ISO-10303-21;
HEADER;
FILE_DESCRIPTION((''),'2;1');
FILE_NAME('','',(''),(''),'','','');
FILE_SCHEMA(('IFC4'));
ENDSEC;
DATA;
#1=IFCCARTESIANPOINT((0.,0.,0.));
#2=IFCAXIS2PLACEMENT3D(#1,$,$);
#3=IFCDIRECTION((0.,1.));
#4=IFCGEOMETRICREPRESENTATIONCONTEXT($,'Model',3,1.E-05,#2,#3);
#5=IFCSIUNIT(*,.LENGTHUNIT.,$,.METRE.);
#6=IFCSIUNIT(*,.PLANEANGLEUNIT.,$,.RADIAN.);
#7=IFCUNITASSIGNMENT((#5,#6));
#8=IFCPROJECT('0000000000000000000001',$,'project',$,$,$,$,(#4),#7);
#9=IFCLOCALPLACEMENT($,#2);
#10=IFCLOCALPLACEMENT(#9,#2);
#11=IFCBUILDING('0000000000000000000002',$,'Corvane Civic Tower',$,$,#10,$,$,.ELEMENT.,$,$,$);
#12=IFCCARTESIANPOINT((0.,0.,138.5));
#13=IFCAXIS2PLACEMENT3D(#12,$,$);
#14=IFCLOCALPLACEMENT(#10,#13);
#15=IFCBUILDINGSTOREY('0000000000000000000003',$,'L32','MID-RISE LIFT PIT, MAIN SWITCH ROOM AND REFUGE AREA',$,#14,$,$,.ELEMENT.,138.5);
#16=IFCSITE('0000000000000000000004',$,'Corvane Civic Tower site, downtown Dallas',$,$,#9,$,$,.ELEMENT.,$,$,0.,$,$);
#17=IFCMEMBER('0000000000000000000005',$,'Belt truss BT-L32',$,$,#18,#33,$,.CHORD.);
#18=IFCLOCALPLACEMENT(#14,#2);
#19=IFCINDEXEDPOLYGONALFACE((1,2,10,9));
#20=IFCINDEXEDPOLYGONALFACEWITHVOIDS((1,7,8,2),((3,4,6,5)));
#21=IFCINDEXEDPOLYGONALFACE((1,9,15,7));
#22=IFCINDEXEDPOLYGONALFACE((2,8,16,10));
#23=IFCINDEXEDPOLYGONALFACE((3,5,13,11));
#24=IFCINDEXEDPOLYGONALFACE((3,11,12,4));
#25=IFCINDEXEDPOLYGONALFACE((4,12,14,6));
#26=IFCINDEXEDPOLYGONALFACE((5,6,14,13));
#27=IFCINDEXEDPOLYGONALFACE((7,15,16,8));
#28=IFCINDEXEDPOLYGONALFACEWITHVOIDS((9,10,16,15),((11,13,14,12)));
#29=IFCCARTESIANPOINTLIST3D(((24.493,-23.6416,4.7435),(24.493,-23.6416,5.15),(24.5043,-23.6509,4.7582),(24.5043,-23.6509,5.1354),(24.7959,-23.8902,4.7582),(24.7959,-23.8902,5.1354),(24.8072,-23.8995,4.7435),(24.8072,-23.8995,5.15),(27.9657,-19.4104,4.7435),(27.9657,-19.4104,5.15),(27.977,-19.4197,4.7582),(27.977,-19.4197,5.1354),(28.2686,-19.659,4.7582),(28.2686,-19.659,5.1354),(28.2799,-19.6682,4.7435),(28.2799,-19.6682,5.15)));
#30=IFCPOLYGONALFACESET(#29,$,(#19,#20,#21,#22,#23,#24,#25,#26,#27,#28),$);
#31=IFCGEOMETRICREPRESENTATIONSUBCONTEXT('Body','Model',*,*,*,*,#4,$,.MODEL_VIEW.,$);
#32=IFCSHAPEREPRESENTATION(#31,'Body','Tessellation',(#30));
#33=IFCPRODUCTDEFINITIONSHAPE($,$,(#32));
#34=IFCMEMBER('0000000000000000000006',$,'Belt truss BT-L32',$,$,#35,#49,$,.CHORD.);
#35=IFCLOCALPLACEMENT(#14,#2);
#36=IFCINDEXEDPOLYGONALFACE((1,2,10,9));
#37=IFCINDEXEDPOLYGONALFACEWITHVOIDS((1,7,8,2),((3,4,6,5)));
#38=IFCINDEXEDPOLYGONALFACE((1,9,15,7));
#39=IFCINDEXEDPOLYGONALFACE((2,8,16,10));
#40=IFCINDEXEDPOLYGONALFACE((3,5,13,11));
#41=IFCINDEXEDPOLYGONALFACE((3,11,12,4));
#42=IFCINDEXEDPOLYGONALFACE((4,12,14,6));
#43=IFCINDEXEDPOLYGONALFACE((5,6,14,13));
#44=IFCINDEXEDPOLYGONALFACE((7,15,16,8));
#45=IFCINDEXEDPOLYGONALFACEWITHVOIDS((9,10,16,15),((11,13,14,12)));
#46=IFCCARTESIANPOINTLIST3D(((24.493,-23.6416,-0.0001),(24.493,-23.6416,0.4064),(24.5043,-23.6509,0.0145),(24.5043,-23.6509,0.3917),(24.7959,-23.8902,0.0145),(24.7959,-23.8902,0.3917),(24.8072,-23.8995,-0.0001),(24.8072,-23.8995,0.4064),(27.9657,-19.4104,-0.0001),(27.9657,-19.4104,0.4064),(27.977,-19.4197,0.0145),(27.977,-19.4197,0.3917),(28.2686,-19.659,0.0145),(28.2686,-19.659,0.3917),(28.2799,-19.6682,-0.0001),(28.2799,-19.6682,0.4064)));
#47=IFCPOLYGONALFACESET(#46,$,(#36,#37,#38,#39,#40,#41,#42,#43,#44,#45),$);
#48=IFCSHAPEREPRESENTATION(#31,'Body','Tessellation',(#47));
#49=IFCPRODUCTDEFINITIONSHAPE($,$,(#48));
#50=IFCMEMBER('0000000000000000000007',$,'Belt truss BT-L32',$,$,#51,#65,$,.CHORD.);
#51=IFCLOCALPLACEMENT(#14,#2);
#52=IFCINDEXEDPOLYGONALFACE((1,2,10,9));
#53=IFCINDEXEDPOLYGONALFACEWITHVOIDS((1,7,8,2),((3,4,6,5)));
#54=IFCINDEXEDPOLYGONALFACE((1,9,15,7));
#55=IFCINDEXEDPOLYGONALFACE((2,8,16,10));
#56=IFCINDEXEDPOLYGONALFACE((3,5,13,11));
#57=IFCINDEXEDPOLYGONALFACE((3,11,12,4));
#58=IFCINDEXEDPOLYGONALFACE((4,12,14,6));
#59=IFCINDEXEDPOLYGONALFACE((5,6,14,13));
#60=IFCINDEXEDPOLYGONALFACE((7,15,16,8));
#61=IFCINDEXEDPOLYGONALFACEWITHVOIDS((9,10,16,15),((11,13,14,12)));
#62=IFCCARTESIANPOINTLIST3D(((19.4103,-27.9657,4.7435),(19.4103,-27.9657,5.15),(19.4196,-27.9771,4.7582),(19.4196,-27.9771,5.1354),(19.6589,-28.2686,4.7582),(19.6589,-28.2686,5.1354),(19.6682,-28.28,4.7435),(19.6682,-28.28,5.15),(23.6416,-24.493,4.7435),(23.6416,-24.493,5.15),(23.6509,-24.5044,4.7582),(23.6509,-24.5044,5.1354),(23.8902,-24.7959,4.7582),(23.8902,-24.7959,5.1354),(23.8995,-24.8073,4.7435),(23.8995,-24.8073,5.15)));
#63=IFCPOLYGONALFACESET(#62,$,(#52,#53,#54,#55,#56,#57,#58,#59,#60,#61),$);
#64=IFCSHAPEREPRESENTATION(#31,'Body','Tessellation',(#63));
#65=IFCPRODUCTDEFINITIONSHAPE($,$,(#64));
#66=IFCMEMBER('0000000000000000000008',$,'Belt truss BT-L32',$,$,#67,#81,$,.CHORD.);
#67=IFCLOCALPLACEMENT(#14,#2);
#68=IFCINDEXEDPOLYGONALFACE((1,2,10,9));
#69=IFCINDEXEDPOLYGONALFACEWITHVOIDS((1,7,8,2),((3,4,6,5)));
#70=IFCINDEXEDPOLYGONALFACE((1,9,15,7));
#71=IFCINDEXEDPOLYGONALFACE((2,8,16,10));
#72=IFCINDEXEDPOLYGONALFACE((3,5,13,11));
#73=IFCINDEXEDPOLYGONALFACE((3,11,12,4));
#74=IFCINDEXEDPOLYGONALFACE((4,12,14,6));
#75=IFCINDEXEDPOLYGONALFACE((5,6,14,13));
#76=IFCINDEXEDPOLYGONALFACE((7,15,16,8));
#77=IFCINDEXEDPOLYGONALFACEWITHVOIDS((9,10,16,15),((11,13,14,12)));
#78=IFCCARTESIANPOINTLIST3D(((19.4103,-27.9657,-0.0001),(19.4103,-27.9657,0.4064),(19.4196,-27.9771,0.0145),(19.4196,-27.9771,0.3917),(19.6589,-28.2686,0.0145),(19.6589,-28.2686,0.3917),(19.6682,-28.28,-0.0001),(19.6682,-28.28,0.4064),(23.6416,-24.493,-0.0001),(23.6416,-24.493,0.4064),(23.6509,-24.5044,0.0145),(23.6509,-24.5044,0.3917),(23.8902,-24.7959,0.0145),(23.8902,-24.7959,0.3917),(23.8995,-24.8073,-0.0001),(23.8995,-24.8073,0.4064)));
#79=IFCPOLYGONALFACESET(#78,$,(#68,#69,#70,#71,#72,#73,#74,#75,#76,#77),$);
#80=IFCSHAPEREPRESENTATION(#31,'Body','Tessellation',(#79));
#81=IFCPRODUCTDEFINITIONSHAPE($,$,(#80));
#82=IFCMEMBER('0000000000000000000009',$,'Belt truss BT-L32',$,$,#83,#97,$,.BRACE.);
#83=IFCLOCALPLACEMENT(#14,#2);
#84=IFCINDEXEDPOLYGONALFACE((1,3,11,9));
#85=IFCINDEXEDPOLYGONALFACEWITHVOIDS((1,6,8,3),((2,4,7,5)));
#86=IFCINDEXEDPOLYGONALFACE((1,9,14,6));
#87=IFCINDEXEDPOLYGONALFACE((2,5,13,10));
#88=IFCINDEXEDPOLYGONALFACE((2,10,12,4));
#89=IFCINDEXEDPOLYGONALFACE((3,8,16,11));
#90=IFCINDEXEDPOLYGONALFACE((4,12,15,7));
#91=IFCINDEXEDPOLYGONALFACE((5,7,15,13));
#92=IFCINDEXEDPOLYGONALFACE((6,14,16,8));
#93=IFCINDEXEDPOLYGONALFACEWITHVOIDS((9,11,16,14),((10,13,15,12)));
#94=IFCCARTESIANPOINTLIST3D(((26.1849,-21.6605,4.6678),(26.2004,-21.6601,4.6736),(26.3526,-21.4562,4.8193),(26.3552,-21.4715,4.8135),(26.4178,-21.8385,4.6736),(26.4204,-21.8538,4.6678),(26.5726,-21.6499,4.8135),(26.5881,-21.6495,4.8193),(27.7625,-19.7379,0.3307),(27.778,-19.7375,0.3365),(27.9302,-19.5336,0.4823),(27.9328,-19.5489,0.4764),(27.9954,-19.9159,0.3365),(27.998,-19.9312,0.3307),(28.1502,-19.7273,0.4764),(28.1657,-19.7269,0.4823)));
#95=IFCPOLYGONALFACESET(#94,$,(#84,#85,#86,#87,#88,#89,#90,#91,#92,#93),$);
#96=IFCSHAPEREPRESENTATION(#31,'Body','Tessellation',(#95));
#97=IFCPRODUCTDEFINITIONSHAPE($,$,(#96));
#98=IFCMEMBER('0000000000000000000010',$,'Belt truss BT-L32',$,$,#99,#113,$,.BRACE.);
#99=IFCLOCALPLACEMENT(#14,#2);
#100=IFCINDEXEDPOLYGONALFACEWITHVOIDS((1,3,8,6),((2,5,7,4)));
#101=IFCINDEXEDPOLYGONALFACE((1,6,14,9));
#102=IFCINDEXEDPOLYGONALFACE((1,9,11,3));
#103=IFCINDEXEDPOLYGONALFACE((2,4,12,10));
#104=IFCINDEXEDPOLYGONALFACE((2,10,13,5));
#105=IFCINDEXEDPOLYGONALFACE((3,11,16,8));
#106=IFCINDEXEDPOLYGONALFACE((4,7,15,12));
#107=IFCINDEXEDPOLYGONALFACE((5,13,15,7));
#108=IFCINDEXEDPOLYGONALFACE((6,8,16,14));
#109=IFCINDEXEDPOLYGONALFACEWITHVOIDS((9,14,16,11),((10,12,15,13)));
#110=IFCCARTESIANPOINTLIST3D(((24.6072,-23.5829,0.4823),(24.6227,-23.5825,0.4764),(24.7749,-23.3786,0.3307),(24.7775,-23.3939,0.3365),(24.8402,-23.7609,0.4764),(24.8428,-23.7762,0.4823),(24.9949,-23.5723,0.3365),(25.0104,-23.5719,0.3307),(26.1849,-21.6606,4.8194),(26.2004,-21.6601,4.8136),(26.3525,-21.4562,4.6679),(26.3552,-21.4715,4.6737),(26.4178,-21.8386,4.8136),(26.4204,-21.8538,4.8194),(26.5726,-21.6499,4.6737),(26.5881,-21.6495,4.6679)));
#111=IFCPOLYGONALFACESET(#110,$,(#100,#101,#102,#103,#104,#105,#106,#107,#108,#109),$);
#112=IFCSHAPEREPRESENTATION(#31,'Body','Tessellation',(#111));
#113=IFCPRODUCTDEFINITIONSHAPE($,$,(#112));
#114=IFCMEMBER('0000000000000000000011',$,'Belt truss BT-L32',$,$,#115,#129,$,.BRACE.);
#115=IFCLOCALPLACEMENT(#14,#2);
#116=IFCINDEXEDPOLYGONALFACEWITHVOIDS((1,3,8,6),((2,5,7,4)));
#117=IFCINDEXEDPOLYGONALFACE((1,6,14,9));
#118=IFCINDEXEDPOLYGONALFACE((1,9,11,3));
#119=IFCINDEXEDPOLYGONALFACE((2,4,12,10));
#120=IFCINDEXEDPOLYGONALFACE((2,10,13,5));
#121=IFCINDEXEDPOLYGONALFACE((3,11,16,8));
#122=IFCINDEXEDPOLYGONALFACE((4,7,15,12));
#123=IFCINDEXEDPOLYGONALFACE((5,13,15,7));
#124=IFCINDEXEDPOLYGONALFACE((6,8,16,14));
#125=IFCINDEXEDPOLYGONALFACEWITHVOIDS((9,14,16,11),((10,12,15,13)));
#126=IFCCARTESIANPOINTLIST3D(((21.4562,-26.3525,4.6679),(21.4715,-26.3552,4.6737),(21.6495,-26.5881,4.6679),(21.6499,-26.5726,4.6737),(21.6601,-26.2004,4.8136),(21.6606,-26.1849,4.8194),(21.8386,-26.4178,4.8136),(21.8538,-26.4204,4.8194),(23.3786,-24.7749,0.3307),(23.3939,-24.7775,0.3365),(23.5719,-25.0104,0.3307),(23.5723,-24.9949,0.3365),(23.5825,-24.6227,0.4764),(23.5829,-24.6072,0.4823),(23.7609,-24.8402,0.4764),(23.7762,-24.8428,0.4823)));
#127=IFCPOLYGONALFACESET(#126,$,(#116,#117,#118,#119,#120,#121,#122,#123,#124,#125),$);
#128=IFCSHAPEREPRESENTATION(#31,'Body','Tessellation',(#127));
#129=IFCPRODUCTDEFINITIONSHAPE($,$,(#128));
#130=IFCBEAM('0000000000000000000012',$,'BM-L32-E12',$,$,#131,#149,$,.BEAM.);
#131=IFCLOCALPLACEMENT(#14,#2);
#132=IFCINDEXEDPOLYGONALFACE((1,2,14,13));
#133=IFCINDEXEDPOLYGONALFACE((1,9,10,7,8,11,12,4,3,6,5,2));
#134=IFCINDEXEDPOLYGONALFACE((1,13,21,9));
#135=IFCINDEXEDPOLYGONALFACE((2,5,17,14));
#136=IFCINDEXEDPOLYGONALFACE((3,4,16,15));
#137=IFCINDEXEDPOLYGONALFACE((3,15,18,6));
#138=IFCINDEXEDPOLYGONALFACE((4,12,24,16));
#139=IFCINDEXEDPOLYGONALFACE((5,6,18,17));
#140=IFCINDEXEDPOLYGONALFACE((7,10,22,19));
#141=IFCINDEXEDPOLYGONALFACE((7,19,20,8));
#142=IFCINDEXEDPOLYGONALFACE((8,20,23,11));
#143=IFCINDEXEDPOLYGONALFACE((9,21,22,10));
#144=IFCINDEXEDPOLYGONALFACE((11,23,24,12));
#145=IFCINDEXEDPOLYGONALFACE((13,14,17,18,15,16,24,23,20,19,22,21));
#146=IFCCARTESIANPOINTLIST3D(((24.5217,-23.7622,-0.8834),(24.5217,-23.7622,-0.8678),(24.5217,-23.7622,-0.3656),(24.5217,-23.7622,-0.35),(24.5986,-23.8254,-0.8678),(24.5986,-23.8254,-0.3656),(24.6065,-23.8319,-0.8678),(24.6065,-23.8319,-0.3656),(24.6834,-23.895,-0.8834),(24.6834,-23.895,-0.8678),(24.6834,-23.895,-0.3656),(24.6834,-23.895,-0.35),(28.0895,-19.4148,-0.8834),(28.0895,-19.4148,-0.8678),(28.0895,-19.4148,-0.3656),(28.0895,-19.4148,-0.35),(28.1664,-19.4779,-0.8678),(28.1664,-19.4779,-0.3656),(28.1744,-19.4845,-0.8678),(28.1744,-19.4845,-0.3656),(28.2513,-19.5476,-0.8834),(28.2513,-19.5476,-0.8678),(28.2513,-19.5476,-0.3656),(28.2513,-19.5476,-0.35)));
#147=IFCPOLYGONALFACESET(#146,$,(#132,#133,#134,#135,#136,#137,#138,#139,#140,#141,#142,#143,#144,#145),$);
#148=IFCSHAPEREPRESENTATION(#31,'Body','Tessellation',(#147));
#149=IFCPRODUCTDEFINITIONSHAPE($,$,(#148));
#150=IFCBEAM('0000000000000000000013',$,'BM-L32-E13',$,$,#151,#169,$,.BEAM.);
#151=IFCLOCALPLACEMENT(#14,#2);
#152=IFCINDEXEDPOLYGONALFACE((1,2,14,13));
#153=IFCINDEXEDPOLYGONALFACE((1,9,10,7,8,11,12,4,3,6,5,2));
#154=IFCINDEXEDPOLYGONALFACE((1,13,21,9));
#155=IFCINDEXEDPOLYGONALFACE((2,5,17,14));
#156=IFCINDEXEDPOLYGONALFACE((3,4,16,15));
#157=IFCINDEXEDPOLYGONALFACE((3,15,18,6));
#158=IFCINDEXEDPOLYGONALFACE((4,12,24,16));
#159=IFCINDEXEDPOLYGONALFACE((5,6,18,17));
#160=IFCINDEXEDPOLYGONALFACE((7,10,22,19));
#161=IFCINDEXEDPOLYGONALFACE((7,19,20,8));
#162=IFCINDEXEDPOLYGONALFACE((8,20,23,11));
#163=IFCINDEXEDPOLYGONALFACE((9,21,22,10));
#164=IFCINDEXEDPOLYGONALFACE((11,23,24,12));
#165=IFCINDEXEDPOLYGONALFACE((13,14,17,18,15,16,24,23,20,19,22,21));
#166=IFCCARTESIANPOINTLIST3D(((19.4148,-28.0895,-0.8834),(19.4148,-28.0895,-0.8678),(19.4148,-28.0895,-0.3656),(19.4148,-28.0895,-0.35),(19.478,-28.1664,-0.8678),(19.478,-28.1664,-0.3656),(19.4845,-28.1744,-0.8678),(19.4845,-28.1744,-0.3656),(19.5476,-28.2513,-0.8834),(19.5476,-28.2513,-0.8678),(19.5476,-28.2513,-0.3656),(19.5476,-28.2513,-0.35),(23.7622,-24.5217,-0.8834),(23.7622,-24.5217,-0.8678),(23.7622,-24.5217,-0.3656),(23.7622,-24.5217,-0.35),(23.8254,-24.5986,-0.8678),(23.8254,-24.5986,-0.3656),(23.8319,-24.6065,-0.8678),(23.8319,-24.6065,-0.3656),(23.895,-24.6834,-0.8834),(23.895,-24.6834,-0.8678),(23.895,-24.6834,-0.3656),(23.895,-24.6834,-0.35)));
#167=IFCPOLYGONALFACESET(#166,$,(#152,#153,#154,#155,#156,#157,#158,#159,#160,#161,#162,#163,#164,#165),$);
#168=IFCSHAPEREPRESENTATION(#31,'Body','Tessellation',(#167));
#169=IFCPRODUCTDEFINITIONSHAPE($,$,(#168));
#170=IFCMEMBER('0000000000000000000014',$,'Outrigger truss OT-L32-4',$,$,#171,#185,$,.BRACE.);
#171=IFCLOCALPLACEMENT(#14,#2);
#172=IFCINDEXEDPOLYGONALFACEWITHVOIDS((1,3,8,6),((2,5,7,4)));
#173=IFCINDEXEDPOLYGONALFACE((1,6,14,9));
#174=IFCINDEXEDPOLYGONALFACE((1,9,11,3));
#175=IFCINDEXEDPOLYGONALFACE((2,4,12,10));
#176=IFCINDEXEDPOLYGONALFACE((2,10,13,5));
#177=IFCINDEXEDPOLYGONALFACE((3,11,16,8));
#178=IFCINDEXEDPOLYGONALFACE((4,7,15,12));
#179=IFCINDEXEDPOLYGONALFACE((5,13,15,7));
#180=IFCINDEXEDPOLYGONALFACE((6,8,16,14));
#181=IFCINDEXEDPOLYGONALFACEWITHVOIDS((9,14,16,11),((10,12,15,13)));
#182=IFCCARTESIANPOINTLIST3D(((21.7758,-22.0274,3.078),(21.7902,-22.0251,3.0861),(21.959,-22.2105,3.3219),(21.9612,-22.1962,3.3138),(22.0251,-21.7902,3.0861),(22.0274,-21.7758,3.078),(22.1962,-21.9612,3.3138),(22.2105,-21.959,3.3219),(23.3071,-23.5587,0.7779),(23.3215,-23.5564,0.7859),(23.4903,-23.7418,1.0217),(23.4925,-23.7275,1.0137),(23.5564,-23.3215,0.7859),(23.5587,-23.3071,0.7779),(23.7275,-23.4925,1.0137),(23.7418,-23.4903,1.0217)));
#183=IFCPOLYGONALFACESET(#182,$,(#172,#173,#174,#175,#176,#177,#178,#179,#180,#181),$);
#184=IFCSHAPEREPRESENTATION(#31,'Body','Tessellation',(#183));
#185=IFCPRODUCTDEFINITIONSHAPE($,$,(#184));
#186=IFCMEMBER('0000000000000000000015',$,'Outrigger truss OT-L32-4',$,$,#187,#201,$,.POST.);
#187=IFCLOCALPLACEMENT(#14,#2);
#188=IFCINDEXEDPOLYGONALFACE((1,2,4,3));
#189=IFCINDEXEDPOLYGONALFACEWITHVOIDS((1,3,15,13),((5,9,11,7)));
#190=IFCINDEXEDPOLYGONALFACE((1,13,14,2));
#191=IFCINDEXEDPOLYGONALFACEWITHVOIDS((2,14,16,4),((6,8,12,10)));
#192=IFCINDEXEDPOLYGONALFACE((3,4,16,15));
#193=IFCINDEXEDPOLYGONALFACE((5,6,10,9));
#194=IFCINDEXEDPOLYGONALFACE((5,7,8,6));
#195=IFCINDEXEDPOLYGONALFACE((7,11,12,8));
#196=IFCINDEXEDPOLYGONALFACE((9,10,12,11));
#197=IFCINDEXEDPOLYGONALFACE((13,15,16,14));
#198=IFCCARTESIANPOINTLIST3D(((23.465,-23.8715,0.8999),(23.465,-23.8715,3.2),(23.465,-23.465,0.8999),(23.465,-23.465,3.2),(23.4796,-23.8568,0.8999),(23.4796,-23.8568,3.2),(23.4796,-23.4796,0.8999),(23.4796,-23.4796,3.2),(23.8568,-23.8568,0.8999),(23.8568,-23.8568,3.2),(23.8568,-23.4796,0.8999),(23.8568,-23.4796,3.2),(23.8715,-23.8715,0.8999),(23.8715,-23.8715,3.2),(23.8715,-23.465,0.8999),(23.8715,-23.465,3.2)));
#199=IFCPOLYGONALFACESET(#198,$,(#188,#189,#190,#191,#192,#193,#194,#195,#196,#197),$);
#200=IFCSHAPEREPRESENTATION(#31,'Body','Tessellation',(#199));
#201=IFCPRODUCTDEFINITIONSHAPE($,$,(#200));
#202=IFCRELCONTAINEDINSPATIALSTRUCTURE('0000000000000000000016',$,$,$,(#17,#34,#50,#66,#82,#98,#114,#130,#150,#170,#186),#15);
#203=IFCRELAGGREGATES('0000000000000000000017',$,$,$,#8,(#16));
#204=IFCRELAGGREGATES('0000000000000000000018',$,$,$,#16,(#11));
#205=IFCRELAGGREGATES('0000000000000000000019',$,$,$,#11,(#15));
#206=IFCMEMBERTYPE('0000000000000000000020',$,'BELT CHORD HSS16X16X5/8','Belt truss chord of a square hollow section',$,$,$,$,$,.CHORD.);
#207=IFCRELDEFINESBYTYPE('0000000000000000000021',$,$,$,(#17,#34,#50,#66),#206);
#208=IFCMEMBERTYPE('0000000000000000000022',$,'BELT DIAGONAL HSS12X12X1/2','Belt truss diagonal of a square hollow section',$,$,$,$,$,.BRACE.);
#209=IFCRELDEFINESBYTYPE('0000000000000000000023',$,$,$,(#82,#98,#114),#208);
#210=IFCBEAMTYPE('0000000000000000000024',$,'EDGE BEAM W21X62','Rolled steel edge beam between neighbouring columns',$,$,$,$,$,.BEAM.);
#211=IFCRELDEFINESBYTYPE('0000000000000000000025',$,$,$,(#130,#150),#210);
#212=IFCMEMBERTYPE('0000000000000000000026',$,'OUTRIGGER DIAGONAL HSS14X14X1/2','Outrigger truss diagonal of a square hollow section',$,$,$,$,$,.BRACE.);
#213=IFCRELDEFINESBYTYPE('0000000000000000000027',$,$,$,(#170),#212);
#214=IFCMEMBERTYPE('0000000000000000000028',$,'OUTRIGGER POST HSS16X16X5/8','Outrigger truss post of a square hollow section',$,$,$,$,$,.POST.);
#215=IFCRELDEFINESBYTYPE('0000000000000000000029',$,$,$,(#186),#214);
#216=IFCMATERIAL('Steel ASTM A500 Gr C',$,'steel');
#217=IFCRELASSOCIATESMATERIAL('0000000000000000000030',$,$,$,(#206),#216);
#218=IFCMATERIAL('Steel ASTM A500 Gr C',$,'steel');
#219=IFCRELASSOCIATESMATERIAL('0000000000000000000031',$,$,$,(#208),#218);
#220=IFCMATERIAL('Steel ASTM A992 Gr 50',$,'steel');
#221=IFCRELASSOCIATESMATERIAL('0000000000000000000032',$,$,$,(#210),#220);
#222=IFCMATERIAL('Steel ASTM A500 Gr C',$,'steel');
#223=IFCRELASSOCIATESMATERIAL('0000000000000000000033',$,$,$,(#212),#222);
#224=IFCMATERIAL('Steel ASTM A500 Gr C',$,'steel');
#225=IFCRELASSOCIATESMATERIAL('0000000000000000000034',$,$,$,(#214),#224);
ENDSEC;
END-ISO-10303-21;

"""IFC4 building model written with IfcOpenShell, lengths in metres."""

from ifc_helpers import new_model, si_unit, direction, frame, origin, origin_2d, place, context, subcontext, project, spatial, hollow_rectangle, i_section, extrude, material, material_profile, profile_set, type_object, element, save


model = new_model("IFC4")

# Units and contexts
model_context = context("Model", 3, precision=1e-05, world=origin(), true_north=direction((0.0, 1.0)))
body_context = subcontext(model_context, "Body", "Model", "MODEL_VIEW")
ifc_project = project(units=[si_unit("LENGTHUNIT", "METRE"), si_unit("PLANEANGLEUNIT", "RADIAN")], contexts=[model_context])

# Site, building, storey
site_placement = place(None, origin())
site = spatial("IfcSite", under=ifc_project, at=site_placement, Name="Corvane Civic Tower site, downtown Dallas", CompositionType="ELEMENT", RefElevation=0.0)
building_placement = place(site_placement, origin())
building = spatial("IfcBuilding", under=site, at=building_placement, Name="Corvane Civic Tower", CompositionType="ELEMENT")
storey_placement = place(building_placement, frame((0.0, 0.0, 138.5)))
storey = spatial("IfcBuildingStorey", under=building, at=storey_placement, Name="L32", Description="MID-RISE LIFT PIT, MAIN SWITCH ROOM AND REFUGE AREA", CompositionType="ELEMENT", Elevation=138.5)

# Members
ifc_material_1 = material(Name="Steel ASTM A500 Gr C", Category="steel")
ifc_material_profile_1 = material_profile(ifc_material_1, hollow_rectangle(XDim=0.4065, YDim=0.4065, WallThickness=0.0146, at=origin_2d()), Name="HSS16X16X5/8")
ifc_profile_set_1 = profile_set([ifc_material_profile_1], Name="Steel ASTM A500 Gr C")
member_type_1 = type_object("IfcMemberType", Name="BELT CHORD HSS16X16X5/8", Description="Belt truss chord of a square hollow section", PredefinedType="CHORD", material=ifc_profile_set_1)
for number, where, z_axis, x_axis, name in (
    (1, (28.1228, -19.5393, 4.9468), (-0.634415, -0.772993, 0.0), (0.772993, -0.634415, 0.0), "Belt truss BT-L32"),
    (2, (28.1228, -19.5393, 0.2031), (-0.634415, -0.772993, 0.0), (0.772993, -0.634415, 0.0), "Belt truss BT-L32"),
    (3, (23.7705, -24.6501, 4.9468), (-0.772993, -0.634415, 0.0), (0.634415, -0.772993, 0.0), "Belt truss BT-L32"),
    (4, (23.7705, -24.6501, 0.2031), (-0.772993, -0.634415, 0.0), (0.634415, -0.772993, 0.0), "Belt truss BT-L32"),
):
    element("IfcMember", number, at=place(storey_placement, frame(where, z_axis=z_axis, x_axis=x_axis)), inside=storey, type_object=member_type_1, Name=name, PredefinedType="CHORD", context=body_context, shape_type="SweptSolid", body=[
        extrude(hollow_rectangle(XDim=0.4065, YDim=0.4065, WallThickness=0.0146, at=origin_2d()), origin(), (0.0, 0.0, 1.0), 5.4739),
    ])
ifc_material_2 = material(Name="Steel ASTM A500 Gr C", Category="steel")
ifc_material_profile_2 = material_profile(ifc_material_2, hollow_rectangle(XDim=0.3047, YDim=0.3047, WallThickness=0.0117, at=origin_2d()), Name="HSS12X12X1/2")
ifc_profile_set_2 = profile_set([ifc_material_profile_2], Name="Steel ASTM A500 Gr C")
member_type_2 = type_object("IfcMemberType", Name="BELT DIAGONAL HSS12X12X1/2", Description="Belt truss diagonal of a square hollow section", PredefinedType="BRACE", material=ifc_profile_set_2)
for number, where, z_axis, x_axis, name in (
    (5, (27.9641, -19.7324, 0.4065), (-0.315551, -0.38455, 0.867496), (0.773051, -0.634344, 0.0), "Belt truss BT-L32"),
    (6, (24.8088, -23.5774, 0.4065), (0.315557, 0.384508, 0.867512), (-0.773012, 0.634392, 0.0), "Belt truss BT-L32"),
    (7, (23.5774, -24.8088, 0.4065), (-0.384508, -0.315557, 0.867512), (0.634392, -0.773012, 0.0), "Belt truss BT-L32"),
):
    element("IfcMember", number, at=place(storey_placement, frame(where, z_axis=z_axis, x_axis=x_axis)), inside=storey, type_object=member_type_2, Name=name, PredefinedType="BRACE", context=body_context, shape_type="SweptSolid", body=[
        extrude(hollow_rectangle(XDim=0.3047, YDim=0.3047, WallThickness=0.0117, at=origin_2d()), origin(), (0.0, 0.0, 1.0), 4.9995),
    ])

# Beams
ifc_material_3 = material(Name="Steel ASTM A992 Gr 50", Category="steel")
ifc_material_profile_3 = material_profile(ifc_material_3, i_section(OverallWidth=0.2092, OverallDepth=0.5334, WebThickness=0.0103, FlangeThickness=0.0156, at=origin_2d()), Name="W21X62")
ifc_profile_set_3 = profile_set([ifc_material_profile_3], Name="Steel ASTM A992 Gr 50")
beam_type = type_object("IfcBeamType", Name="EDGE BEAM W21X62", Description="Rolled steel edge beam between neighbouring columns", PredefinedType="BEAM", material=ifc_profile_set_3)
for number, where, z_axis, x_axis, name in (
    (8, (28.1704, -19.4812, -0.6167), (-0.634398, -0.773007, 0.0), (0.773007, -0.634398, 0.0), "BM-L32-E12"),
    (9, (23.8286, -24.6025, -0.6167), (-0.773007, -0.634398, 0.0), (0.634398, -0.773007, 0.0), "BM-L32-E13"),
):
    element("IfcBeam", number, at=place(storey_placement, frame(where, z_axis=z_axis, x_axis=x_axis)), inside=storey, type_object=beam_type, Name=name, PredefinedType="BEAM", context=body_context, shape_type="SweptSolid", body=[
        extrude(i_section(OverallWidth=0.2092, OverallDepth=0.5334, WebThickness=0.0103, FlangeThickness=0.0156, at=origin_2d()), origin(), (0.0, 0.0, 1.0), 5.624),
    ])

# Members
ifc_material_4 = material(Name="Steel ASTM A500 Gr C", Category="steel")
ifc_material_profile_4 = material_profile(ifc_material_4, hollow_rectangle(XDim=0.3557, YDim=0.3557, WallThickness=0.0117, at=origin_2d()), Name="HSS14X14X1/2")
ifc_profile_set_4 = profile_set([ifc_material_profile_4], Name="Steel ASTM A500 Gr C")
member_type_3 = type_object("IfcMemberType", Name="OUTRIGGER DIAGONAL HSS14X14X1/2", Description="Outrigger truss diagonal of a square hollow section", PredefinedType="BRACE", material=ifc_profile_set_4)
member_1_placement = place(storey_placement, frame((21.9932, -21.9932, 3.2), z_axis=(0.484717, -0.484717, -0.728079), x_axis=(0.707107, 0.707107, 0.0)))
element("IfcMember", 10, at=member_1_placement, inside=storey, type_object=member_type_3, Name="Outrigger truss OT-L32-4", PredefinedType="BRACE", context=body_context, shape_type="SweptSolid", body=[
    extrude(hollow_rectangle(XDim=0.3557, YDim=0.3557, WallThickness=0.0117, at=origin_2d()), origin(), (0.0, 0.0, 1.0), 3.1592),
])
ifc_material_5 = material(Name="Steel ASTM A500 Gr C", Category="steel")
ifc_material_profile_5 = material_profile(ifc_material_5, hollow_rectangle(XDim=0.4065, YDim=0.4065, WallThickness=0.0146, at=origin_2d()), Name="HSS16X16X5/8")
ifc_profile_set_5 = profile_set([ifc_material_profile_5], Name="Steel ASTM A500 Gr C")
member_type_4 = type_object("IfcMemberType", Name="OUTRIGGER POST HSS16X16X5/8", Description="Outrigger truss post of a square hollow section", PredefinedType="POST", material=ifc_profile_set_5)
member_2_placement = place(storey_placement, frame((23.6682, -23.6682, 0.8999), z_axis=(0.0, 0.0, 1.0), x_axis=(1.0, 0.0, 0.0)))
element("IfcMember", 11, at=member_2_placement, inside=storey, type_object=member_type_4, Name="Outrigger truss OT-L32-4", PredefinedType="POST", context=body_context, shape_type="SweptSolid", body=[
    extrude(hollow_rectangle(XDim=0.4065, YDim=0.4065, WallThickness=0.0146, at=origin_2d()), origin(), (0.0, 0.0, 1.0), 2.3),
])

save(model, "model.ifc")
